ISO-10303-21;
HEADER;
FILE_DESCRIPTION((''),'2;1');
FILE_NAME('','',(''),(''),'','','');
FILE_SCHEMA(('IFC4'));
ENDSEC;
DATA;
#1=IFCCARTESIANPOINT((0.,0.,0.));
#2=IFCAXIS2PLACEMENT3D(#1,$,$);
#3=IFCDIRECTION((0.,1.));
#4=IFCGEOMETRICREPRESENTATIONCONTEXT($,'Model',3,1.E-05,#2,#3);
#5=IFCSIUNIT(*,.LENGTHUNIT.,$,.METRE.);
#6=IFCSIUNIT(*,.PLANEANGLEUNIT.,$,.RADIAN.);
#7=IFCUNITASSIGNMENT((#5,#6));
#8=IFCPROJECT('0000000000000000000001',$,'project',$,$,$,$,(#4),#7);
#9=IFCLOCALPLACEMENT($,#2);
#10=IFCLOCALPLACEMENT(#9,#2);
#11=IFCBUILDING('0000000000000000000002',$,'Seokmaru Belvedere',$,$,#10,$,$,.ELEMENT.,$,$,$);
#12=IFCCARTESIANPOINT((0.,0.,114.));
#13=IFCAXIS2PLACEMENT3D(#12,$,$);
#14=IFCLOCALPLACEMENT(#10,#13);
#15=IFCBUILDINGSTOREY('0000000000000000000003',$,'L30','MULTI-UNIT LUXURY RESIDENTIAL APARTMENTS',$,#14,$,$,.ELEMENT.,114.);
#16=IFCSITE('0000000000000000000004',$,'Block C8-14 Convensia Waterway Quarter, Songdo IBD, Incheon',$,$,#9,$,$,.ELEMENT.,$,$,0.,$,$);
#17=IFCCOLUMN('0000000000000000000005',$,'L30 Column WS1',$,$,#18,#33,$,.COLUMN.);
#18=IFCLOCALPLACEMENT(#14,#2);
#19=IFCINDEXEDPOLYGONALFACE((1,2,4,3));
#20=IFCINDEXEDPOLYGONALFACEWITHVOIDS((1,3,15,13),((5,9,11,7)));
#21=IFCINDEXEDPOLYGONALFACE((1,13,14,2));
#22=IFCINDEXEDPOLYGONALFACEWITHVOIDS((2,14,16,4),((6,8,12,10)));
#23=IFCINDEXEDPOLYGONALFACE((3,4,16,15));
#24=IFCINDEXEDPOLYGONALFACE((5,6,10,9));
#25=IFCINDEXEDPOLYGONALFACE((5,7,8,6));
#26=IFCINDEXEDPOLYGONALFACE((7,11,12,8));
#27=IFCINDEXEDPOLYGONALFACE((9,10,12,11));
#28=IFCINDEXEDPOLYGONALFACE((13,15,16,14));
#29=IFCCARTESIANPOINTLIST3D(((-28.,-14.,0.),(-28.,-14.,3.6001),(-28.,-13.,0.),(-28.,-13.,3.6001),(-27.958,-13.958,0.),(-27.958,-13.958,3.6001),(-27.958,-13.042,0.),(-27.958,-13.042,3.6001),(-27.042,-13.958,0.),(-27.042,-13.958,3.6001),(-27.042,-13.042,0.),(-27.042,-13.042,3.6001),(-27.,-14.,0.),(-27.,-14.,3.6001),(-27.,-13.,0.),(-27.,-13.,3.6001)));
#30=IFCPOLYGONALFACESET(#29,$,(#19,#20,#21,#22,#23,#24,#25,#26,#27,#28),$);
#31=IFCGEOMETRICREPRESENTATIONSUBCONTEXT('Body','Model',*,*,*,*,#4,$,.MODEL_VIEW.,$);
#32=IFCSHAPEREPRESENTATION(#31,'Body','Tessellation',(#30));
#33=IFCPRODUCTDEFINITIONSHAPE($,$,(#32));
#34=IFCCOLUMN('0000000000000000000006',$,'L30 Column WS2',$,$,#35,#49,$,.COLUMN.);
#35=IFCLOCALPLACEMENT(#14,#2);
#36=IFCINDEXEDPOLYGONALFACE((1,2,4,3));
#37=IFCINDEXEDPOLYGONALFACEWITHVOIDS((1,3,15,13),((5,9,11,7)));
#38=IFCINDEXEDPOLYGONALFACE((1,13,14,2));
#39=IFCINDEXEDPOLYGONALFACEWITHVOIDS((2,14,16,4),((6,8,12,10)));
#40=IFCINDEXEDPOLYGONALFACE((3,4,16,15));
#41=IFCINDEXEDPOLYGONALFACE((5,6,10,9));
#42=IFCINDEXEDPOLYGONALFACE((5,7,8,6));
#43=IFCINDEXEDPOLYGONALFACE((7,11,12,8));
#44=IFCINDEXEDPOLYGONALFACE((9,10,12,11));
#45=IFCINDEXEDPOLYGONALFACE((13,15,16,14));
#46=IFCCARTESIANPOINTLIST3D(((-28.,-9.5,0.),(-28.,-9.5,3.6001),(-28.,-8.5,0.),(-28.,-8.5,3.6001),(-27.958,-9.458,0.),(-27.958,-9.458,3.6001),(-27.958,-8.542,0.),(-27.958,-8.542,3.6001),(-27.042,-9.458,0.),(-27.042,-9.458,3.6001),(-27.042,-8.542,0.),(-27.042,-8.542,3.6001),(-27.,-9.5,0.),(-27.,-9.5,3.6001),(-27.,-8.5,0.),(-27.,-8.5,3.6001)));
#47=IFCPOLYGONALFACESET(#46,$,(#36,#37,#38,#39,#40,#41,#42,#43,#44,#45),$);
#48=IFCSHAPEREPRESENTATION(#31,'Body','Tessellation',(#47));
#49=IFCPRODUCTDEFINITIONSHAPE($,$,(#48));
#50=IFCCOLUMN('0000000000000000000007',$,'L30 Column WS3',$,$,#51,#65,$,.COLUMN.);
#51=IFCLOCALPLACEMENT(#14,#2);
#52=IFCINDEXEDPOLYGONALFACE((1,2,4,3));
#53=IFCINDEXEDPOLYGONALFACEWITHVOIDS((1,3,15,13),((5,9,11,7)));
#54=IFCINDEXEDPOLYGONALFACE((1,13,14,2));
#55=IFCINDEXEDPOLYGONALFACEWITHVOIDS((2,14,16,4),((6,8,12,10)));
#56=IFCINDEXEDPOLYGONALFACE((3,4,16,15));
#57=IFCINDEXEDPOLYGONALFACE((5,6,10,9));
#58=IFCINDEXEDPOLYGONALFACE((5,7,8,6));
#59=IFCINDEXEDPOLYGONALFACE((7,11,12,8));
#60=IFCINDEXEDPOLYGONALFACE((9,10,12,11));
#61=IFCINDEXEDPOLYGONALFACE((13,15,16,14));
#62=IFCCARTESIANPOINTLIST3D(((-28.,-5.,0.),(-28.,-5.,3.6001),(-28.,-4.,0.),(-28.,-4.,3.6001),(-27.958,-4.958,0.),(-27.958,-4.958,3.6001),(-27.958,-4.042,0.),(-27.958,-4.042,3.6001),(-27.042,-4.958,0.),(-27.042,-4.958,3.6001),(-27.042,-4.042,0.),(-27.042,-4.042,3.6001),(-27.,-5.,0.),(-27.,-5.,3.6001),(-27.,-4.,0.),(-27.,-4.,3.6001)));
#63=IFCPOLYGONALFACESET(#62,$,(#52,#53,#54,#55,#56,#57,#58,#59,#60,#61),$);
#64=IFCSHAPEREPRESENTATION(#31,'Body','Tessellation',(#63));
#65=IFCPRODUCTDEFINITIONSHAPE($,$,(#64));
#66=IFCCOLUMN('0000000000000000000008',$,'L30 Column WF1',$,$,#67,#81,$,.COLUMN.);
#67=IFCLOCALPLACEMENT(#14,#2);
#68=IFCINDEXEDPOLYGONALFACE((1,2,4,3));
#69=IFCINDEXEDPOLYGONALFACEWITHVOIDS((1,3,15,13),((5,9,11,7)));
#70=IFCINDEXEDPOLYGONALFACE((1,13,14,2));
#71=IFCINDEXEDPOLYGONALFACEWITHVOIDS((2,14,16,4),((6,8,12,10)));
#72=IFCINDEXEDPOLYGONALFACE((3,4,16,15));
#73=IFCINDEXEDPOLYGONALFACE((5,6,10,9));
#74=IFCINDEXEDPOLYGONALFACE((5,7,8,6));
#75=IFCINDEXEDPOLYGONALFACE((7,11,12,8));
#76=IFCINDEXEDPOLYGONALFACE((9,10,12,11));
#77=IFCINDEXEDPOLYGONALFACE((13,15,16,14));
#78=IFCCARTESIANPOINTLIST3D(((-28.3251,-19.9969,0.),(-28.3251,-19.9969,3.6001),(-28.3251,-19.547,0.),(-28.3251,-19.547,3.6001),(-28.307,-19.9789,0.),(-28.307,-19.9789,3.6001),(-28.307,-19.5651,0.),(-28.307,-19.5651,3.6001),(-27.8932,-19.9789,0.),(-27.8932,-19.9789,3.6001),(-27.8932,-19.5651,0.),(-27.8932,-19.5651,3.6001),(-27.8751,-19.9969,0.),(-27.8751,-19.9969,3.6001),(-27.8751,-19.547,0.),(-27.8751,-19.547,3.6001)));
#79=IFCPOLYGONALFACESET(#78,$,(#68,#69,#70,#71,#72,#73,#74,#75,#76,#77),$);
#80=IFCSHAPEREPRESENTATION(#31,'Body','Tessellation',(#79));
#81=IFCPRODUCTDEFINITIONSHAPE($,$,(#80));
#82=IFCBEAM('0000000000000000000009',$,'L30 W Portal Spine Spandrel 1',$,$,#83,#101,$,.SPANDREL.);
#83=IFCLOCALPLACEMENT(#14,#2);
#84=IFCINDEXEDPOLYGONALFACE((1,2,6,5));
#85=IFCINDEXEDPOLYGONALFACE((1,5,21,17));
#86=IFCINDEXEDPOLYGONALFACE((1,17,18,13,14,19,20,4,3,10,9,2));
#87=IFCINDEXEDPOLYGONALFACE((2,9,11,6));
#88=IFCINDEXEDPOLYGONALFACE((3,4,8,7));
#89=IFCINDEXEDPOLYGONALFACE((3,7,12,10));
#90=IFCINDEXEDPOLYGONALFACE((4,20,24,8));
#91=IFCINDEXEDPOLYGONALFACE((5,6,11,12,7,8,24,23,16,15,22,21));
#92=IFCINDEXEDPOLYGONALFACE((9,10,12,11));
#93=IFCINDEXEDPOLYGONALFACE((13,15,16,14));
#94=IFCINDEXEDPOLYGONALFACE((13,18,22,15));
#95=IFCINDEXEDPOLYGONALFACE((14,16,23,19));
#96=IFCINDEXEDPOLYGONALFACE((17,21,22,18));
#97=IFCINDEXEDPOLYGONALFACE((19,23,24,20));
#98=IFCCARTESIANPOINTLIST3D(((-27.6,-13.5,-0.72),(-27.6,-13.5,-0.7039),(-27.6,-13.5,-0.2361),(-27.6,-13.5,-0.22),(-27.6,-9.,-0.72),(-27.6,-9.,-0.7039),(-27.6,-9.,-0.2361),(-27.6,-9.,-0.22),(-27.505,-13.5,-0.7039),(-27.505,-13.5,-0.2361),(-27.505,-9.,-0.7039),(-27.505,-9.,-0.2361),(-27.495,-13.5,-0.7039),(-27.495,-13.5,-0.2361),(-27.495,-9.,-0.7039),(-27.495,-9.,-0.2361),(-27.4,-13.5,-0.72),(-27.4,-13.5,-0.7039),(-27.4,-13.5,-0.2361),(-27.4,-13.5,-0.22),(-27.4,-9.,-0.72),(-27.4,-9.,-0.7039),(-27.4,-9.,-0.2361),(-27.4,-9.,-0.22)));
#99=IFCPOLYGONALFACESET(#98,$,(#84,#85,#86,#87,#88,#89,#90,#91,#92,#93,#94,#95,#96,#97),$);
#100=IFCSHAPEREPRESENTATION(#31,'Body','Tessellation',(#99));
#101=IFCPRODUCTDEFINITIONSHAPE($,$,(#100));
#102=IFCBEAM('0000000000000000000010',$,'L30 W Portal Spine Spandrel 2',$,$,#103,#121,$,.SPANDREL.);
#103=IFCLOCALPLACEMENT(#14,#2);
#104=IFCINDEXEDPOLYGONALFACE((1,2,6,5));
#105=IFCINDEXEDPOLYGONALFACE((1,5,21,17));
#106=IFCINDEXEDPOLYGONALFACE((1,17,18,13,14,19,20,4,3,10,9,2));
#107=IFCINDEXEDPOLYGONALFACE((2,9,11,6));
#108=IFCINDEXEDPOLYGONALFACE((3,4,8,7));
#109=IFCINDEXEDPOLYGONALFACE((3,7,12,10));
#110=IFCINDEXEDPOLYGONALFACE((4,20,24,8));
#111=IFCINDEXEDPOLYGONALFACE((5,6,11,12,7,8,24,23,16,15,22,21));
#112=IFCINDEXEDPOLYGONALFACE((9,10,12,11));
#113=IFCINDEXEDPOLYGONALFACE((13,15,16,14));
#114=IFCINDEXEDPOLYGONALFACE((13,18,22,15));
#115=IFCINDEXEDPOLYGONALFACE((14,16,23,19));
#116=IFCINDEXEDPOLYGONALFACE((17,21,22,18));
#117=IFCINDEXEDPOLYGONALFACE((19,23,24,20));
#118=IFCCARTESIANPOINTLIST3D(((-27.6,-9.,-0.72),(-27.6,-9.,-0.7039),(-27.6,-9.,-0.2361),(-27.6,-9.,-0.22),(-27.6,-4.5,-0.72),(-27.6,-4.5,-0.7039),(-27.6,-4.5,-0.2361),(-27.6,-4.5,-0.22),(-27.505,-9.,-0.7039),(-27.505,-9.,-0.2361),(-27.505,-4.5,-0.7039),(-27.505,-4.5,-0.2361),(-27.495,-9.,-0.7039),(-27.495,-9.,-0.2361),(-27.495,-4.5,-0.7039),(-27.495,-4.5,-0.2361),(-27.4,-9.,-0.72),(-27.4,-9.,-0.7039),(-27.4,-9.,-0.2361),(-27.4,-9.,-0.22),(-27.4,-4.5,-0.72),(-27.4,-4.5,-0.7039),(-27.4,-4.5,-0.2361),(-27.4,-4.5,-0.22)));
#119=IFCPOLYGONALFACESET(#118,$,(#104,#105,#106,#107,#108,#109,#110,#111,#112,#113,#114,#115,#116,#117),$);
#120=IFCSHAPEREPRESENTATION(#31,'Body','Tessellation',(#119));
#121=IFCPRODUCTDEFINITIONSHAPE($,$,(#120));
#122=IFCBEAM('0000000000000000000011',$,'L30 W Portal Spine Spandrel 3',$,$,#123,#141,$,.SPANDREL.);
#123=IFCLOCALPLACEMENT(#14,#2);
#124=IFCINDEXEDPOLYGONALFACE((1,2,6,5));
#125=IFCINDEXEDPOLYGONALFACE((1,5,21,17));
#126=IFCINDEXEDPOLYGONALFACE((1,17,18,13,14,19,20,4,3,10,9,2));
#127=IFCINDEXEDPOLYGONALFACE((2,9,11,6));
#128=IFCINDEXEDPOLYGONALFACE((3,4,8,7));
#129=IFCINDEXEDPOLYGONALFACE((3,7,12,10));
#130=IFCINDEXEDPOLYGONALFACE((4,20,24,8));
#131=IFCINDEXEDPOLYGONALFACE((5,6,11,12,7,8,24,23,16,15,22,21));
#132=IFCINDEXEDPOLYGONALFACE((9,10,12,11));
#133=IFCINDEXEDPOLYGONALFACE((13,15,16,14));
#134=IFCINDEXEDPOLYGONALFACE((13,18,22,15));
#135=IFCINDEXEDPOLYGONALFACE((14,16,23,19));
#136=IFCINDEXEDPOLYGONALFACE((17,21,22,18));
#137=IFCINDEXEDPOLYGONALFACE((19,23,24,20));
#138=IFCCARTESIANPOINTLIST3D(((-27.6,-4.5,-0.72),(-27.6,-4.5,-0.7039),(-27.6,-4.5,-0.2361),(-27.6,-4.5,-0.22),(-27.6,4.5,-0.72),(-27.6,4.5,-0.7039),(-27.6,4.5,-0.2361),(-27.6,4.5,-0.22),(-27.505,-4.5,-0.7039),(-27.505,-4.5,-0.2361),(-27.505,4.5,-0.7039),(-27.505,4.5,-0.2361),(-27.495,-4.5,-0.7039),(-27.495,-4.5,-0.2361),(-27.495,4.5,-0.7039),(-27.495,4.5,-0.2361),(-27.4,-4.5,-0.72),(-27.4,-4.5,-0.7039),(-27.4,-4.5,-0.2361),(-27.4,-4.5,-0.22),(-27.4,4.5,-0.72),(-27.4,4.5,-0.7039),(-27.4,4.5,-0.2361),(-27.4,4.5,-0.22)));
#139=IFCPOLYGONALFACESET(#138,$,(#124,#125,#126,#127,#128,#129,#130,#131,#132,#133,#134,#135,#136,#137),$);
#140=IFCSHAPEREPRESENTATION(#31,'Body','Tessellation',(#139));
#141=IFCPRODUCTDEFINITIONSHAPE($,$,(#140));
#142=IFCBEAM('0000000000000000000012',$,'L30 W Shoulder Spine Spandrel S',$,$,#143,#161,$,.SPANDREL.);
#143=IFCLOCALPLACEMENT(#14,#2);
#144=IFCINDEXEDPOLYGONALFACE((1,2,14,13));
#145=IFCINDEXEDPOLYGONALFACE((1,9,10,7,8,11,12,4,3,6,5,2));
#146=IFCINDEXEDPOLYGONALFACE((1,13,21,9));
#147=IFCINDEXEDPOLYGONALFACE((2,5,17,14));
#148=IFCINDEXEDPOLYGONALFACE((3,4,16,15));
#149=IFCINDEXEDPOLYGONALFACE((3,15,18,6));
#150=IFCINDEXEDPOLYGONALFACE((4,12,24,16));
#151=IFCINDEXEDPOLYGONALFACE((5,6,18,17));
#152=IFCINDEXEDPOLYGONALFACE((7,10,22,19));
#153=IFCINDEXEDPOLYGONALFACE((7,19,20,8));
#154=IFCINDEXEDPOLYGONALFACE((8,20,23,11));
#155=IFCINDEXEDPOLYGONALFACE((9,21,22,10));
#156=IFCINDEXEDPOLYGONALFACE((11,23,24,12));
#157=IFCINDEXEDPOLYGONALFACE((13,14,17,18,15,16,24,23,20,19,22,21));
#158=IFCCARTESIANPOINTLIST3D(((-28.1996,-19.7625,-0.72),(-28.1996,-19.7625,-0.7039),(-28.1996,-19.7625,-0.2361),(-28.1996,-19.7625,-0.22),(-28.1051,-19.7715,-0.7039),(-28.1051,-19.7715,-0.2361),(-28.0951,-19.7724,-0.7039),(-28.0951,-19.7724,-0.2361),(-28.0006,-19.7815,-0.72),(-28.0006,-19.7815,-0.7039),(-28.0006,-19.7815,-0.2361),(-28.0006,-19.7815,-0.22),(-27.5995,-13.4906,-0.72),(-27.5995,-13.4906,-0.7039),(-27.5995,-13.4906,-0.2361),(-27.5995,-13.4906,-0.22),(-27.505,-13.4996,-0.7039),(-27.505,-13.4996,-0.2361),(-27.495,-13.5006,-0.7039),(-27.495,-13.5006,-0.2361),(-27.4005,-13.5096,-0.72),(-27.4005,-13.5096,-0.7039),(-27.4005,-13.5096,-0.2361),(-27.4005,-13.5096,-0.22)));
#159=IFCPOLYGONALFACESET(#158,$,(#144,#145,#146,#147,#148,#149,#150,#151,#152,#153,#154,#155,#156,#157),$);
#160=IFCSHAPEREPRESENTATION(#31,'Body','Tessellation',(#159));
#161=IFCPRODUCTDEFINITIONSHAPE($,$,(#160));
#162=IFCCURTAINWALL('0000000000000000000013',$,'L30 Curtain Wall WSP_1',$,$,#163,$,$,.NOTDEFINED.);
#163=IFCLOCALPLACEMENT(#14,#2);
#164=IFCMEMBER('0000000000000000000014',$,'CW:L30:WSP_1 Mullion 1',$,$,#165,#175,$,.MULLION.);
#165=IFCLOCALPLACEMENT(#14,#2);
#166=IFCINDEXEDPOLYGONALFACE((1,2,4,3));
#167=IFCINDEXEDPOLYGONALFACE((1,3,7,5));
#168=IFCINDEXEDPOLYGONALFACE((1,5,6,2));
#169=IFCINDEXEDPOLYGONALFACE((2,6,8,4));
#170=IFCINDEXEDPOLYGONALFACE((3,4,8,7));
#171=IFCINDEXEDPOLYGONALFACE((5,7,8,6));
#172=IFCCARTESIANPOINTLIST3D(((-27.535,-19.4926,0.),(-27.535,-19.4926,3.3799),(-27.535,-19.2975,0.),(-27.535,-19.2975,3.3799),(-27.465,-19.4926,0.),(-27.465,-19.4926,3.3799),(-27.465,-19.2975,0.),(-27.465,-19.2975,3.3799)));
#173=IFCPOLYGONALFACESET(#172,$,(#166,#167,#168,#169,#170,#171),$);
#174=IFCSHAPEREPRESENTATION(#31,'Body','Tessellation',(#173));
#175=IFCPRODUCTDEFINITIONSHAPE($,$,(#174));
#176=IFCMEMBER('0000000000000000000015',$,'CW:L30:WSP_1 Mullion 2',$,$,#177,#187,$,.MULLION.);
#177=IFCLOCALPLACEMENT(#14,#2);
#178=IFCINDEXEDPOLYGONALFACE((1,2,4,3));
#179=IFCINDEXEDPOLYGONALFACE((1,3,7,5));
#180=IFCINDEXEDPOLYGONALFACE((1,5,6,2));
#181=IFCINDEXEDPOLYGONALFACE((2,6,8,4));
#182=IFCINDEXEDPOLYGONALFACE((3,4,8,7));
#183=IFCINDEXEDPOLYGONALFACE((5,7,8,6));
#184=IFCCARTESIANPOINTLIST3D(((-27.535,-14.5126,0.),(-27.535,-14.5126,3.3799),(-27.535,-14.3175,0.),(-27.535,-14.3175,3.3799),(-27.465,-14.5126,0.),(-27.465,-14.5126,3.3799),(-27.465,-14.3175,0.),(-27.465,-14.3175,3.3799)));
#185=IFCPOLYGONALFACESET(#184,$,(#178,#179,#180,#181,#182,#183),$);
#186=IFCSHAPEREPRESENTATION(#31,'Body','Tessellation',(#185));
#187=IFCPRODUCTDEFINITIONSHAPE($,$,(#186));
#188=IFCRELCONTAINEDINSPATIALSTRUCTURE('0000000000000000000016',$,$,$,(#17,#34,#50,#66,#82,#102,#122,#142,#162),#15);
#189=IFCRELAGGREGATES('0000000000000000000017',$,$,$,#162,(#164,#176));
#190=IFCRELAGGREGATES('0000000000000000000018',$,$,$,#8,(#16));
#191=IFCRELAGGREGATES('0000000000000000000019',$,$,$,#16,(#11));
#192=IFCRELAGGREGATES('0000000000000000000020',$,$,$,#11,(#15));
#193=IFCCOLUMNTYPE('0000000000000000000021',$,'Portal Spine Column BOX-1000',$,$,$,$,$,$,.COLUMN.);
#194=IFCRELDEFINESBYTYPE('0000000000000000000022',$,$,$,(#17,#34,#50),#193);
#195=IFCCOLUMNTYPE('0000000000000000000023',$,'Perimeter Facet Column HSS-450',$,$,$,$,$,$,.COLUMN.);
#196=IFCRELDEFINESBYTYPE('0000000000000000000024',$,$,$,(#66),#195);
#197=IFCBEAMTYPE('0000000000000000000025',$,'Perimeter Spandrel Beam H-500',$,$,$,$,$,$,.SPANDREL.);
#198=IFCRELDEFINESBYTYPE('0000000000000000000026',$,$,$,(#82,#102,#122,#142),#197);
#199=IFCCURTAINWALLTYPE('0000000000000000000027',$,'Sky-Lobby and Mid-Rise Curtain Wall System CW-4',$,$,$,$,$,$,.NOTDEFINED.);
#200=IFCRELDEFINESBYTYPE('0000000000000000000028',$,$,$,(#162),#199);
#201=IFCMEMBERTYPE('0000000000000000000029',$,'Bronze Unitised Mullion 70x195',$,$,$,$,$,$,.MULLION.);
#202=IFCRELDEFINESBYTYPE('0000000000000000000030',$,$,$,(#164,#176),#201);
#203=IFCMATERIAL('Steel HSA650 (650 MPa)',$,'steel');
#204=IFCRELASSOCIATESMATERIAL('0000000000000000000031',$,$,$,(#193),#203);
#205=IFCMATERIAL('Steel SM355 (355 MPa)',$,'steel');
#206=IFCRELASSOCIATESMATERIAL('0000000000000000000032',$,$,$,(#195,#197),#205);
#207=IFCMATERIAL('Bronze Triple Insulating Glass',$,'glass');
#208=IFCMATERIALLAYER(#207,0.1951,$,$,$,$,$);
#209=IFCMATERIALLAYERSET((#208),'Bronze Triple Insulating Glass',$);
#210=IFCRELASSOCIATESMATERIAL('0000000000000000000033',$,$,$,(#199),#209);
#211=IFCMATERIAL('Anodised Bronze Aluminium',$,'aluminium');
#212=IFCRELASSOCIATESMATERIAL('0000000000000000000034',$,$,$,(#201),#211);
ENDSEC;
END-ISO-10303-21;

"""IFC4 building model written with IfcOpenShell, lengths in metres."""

from ifc_helpers import new_model, si_unit, direction, frame, origin, origin_2d, place, context, subcontext, project, spatial, rectangle, hollow_rectangle, i_section, extrude, source, transform, mapped, material, layer, layer_set, material_profile, profile_set, type_object, type_shapes, element, aggregate, save


model = new_model("IFC4")

# Units and contexts
model_context = context("Model", 3, precision=1e-05, world=origin(), true_north=direction((0.0, 1.0)))
body_context = subcontext(model_context, "Body", "Model", "MODEL_VIEW")
ifc_project = project(units=[si_unit("LENGTHUNIT", "METRE"), si_unit("PLANEANGLEUNIT", "RADIAN")], contexts=[model_context])

# Site, building, storey
site_placement = place(None, origin())
site = spatial("IfcSite", under=ifc_project, at=site_placement, Name="Block C8-14 Convensia Waterway Quarter, Songdo IBD, Incheon", CompositionType="ELEMENT", RefElevation=0.0)
building_placement = place(site_placement, origin())
building = spatial("IfcBuilding", under=site, at=building_placement, Name="Seokmaru Belvedere", CompositionType="ELEMENT")
storey_placement = place(building_placement, frame((0.0, 0.0, 114.0)))
storey = spatial("IfcBuildingStorey", under=building, at=storey_placement, Name="L30", Description="MULTI-UNIT LUXURY RESIDENTIAL APARTMENTS", CompositionType="ELEMENT", Elevation=114.0)

# Columns
ifc_material_1 = material(Name="Steel HSA650 (650 MPa)", Category="steel")
ifc_material_profile_1 = material_profile(ifc_material_1, hollow_rectangle(XDim=1.0, YDim=1.0, WallThickness=0.042, at=origin_2d()), Name="BOX-1000x1000x42")
ifc_profile_set_1 = profile_set([ifc_material_profile_1], Name="Steel HSA650 (650 MPa)")
column_type_1 = type_object("IfcColumnType", Name="Portal Spine Column BOX-1000", PredefinedType="COLUMN", material=ifc_profile_set_1)
shared_shape_1 = source(origin(), body_context, "Body", "SweptSolid", [
    extrude(hollow_rectangle(XDim=1.0, YDim=1.0, WallThickness=0.042, at=origin_2d()), origin(), (0.0, 0.0, 1.0), 3.6001),
])
type_shapes(column_type_1, [shared_shape_1])
for number, where, z_axis, x_axis, name in (
    (1, (-27.5, -13.5, 0.0), (0.0, 0.0, 1.0), (1.0, 0.0, 0.0), "L30 Column WS1"),
    (2, (-27.5, -9.0, 0.0), (0.0, 0.0, 1.0), (1.0, 0.0, 0.0), "L30 Column WS2"),
    (3, (-27.5, -4.5, 0.0), (0.0, 0.0, 1.0), (1.0, 0.0, 0.0), "L30 Column WS3"),
):
    element("IfcColumn", number, at=place(storey_placement, frame(where, z_axis=z_axis, x_axis=x_axis)), inside=storey, type_object=column_type_1, Name=name, PredefinedType="COLUMN", context=body_context, shape_type="MappedRepresentation", body=[
        mapped(shared_shape_1, transform((0.0, 0.0, 0.0), scale=1.0)),
    ])
ifc_material_2 = material(Name="Steel SM355 (355 MPa)", Category="steel")
ifc_material_profile_2 = material_profile(ifc_material_2, hollow_rectangle(XDim=0.45, YDim=0.45, WallThickness=0.0181, at=origin_2d()), Name="HSS-450x450x18")
ifc_profile_set_2 = profile_set([ifc_material_profile_2], Name="Steel SM355 (355 MPa)")
column_type_2 = type_object("IfcColumnType", Name="Perimeter Facet Column HSS-450", PredefinedType="COLUMN", material=ifc_profile_set_2)
shared_shape_2 = source(origin(), body_context, "Body", "SweptSolid", [
    extrude(hollow_rectangle(XDim=0.45, YDim=0.45, WallThickness=0.0181, at=origin_2d()), origin(), (0.0, 0.0, 1.0), 3.6001),
])
type_shapes(column_type_2, [shared_shape_2])
column_placement = place(storey_placement, frame((-28.1001, -19.772, 0.0), z_axis=(0.0, 0.0, 1.0), x_axis=(1.0, 0.0, 0.0)))
element("IfcColumn", 4, at=column_placement, inside=storey, type_object=column_type_2, Name="L30 Column WF1", PredefinedType="COLUMN", context=body_context, shape_type="MappedRepresentation", body=[
    mapped(shared_shape_2, transform((0.0, 0.0, 0.0), scale=1.0)),
])

# Beams
ifc_material_profile_3 = material_profile(ifc_material_2, i_section(OverallWidth=0.2, OverallDepth=0.5, WebThickness=0.01, FlangeThickness=0.0161, at=origin_2d()), Name="H-500x200x10x16")
ifc_profile_set_3 = profile_set([ifc_material_profile_3], Name="Steel SM355 (355 MPa)")
beam_type = type_object("IfcBeamType", Name="Perimeter Spandrel Beam H-500", PredefinedType="SPANDREL", material=ifc_profile_set_3)
shared_shape_3 = source(origin(), body_context, "Body", "SweptSolid", [
    extrude(i_section(OverallWidth=0.2, OverallDepth=0.5, WebThickness=0.01, FlangeThickness=0.0161, at=origin_2d()), origin(), (0.0, 0.0, 1.0), 4.5),
])
for number, where, z_axis, x_axis, name in (
    (5, (-27.5, -13.5, -0.47), (0.0, 1.0, 0.0), (-1.0, 0.0, 0.0), "L30 W Portal Spine Spandrel 1"),
    (6, (-27.5, -9.0, -0.47), (0.0, 1.0, 0.0), (-1.0, 0.0, 0.0), "L30 W Portal Spine Spandrel 2"),
):
    element("IfcBeam", number, at=place(storey_placement, frame(where, z_axis=z_axis, x_axis=x_axis)), inside=storey, type_object=beam_type, Name=name, PredefinedType="SPANDREL", context=body_context, shape_type="MappedRepresentation", body=[
        mapped(shared_shape_3, transform((0.0, 0.0, 0.0), scale=1.0)),
    ])
shared_shape_4 = source(origin(), body_context, "Body", "SweptSolid", [
    extrude(i_section(OverallWidth=0.2, OverallDepth=0.5, WebThickness=0.01, FlangeThickness=0.0161, at=origin_2d()), origin(), (0.0, 0.0, 1.0), 9.0),
])
beam_1_placement = place(storey_placement, frame((-27.5, -4.5, -0.47), z_axis=(0.0, 1.0, 0.0), x_axis=(-1.0, 0.0, 0.0)))
element("IfcBeam", 7, at=beam_1_placement, inside=storey, type_object=beam_type, Name="L30 W Portal Spine Spandrel 3", PredefinedType="SPANDREL", context=body_context, shape_type="MappedRepresentation", body=[
    mapped(shared_shape_4, transform((0.0, 0.0, 0.0), scale=1.0)),
])
shared_shape_5 = source(origin(), body_context, "Body", "SweptSolid", [
    extrude(i_section(OverallWidth=0.2, OverallDepth=0.5, WebThickness=0.01, FlangeThickness=0.0161, at=origin_2d()), origin(), (0.0, 0.0, 1.0), 6.3005),
])
type_shapes(beam_type, [shared_shape_3, shared_shape_4, shared_shape_5])
beam_2_placement = place(storey_placement, frame((-28.1001, -19.772, -0.47), z_axis=(0.095244, 0.995454, 0.0), x_axis=(-0.995454, 0.095244, 0.0)))
element("IfcBeam", 8, at=beam_2_placement, inside=storey, type_object=beam_type, Name="L30 W Shoulder Spine Spandrel S", PredefinedType="SPANDREL", context=body_context, shape_type="MappedRepresentation", body=[
    mapped(shared_shape_5, transform((0.0, 0.0, 0.0), scale=1.0)),
])

# Curtain wall, members
ifc_material_3 = material(Name="Bronze Triple Insulating Glass", Category="glass")
ifc_layer_1 = layer(ifc_material_3, 0.1951)
ifc_layer_set_1 = layer_set([ifc_layer_1], Name="Bronze Triple Insulating Glass")
curtain_wall_type = type_object("IfcCurtainWallType", Name="Sky-Lobby and Mid-Rise Curtain Wall System CW-4", PredefinedType="NOTDEFINED", material=ifc_layer_set_1)
curtain_wall_1_placement = place(storey_placement, origin())
curtain_wall_1 = element("IfcCurtainWall", 9, at=curtain_wall_1_placement, inside=storey, type_object=curtain_wall_type, Name="L30 Curtain Wall WSP_1", PredefinedType="NOTDEFINED")
ifc_material_4 = material(Name="Anodised Bronze Aluminium", Category="aluminium")
ifc_material_profile_4 = material_profile(ifc_material_4, rectangle(XDim=0.0701, YDim=0.1951, at=origin_2d()), Name="CW-M-70x195")
ifc_profile_set_4 = profile_set([ifc_material_profile_4], Name="Anodised Bronze Aluminium")
member_type_1 = type_object("IfcMemberType", Name="Bronze Unitised Mullion 70x195", PredefinedType="MULLION", material=ifc_profile_set_4)
shared_shape_6 = source(origin(), body_context, "Body", "SweptSolid", [
    extrude(rectangle(XDim=0.0701, YDim=0.1951, at=origin_2d()), origin(), (0.0, 0.0, 1.0), 3.3799),
])
type_shapes(member_type_1, [shared_shape_6])
member_1_placement = place(storey_placement, frame((-27.5, -19.395, 0.0), z_axis=(0.0, 0.0, 1.0), x_axis=(-1.0, 0.0, 0.0)))
member_1 = element("IfcMember", 10, at=member_1_placement, type_object=member_type_1, Name="CW:L30:WSP_1 Mullion 1", PredefinedType="MULLION", context=body_context, shape_type="MappedRepresentation", body=[
    mapped(shared_shape_6, transform((0.0, 0.0, 0.0), scale=1.0)),
])
member_2_placement = place(storey_placement, frame((-27.5, -14.415, 0.0), z_axis=(0.0, 0.0, 1.0), x_axis=(-1.0, 0.0, 0.0)))
member_2 = element("IfcMember", 11, at=member_2_placement, type_object=member_type_1, Name="CW:L30:WSP_1 Mullion 2", PredefinedType="MULLION", context=body_context, shape_type="MappedRepresentation", body=[
    mapped(shared_shape_6, transform((0.0, 0.0, 0.0), scale=1.0)),
])

aggregate(curtain_wall_1, [member_1, member_2])

save(model, "model.ifc")
